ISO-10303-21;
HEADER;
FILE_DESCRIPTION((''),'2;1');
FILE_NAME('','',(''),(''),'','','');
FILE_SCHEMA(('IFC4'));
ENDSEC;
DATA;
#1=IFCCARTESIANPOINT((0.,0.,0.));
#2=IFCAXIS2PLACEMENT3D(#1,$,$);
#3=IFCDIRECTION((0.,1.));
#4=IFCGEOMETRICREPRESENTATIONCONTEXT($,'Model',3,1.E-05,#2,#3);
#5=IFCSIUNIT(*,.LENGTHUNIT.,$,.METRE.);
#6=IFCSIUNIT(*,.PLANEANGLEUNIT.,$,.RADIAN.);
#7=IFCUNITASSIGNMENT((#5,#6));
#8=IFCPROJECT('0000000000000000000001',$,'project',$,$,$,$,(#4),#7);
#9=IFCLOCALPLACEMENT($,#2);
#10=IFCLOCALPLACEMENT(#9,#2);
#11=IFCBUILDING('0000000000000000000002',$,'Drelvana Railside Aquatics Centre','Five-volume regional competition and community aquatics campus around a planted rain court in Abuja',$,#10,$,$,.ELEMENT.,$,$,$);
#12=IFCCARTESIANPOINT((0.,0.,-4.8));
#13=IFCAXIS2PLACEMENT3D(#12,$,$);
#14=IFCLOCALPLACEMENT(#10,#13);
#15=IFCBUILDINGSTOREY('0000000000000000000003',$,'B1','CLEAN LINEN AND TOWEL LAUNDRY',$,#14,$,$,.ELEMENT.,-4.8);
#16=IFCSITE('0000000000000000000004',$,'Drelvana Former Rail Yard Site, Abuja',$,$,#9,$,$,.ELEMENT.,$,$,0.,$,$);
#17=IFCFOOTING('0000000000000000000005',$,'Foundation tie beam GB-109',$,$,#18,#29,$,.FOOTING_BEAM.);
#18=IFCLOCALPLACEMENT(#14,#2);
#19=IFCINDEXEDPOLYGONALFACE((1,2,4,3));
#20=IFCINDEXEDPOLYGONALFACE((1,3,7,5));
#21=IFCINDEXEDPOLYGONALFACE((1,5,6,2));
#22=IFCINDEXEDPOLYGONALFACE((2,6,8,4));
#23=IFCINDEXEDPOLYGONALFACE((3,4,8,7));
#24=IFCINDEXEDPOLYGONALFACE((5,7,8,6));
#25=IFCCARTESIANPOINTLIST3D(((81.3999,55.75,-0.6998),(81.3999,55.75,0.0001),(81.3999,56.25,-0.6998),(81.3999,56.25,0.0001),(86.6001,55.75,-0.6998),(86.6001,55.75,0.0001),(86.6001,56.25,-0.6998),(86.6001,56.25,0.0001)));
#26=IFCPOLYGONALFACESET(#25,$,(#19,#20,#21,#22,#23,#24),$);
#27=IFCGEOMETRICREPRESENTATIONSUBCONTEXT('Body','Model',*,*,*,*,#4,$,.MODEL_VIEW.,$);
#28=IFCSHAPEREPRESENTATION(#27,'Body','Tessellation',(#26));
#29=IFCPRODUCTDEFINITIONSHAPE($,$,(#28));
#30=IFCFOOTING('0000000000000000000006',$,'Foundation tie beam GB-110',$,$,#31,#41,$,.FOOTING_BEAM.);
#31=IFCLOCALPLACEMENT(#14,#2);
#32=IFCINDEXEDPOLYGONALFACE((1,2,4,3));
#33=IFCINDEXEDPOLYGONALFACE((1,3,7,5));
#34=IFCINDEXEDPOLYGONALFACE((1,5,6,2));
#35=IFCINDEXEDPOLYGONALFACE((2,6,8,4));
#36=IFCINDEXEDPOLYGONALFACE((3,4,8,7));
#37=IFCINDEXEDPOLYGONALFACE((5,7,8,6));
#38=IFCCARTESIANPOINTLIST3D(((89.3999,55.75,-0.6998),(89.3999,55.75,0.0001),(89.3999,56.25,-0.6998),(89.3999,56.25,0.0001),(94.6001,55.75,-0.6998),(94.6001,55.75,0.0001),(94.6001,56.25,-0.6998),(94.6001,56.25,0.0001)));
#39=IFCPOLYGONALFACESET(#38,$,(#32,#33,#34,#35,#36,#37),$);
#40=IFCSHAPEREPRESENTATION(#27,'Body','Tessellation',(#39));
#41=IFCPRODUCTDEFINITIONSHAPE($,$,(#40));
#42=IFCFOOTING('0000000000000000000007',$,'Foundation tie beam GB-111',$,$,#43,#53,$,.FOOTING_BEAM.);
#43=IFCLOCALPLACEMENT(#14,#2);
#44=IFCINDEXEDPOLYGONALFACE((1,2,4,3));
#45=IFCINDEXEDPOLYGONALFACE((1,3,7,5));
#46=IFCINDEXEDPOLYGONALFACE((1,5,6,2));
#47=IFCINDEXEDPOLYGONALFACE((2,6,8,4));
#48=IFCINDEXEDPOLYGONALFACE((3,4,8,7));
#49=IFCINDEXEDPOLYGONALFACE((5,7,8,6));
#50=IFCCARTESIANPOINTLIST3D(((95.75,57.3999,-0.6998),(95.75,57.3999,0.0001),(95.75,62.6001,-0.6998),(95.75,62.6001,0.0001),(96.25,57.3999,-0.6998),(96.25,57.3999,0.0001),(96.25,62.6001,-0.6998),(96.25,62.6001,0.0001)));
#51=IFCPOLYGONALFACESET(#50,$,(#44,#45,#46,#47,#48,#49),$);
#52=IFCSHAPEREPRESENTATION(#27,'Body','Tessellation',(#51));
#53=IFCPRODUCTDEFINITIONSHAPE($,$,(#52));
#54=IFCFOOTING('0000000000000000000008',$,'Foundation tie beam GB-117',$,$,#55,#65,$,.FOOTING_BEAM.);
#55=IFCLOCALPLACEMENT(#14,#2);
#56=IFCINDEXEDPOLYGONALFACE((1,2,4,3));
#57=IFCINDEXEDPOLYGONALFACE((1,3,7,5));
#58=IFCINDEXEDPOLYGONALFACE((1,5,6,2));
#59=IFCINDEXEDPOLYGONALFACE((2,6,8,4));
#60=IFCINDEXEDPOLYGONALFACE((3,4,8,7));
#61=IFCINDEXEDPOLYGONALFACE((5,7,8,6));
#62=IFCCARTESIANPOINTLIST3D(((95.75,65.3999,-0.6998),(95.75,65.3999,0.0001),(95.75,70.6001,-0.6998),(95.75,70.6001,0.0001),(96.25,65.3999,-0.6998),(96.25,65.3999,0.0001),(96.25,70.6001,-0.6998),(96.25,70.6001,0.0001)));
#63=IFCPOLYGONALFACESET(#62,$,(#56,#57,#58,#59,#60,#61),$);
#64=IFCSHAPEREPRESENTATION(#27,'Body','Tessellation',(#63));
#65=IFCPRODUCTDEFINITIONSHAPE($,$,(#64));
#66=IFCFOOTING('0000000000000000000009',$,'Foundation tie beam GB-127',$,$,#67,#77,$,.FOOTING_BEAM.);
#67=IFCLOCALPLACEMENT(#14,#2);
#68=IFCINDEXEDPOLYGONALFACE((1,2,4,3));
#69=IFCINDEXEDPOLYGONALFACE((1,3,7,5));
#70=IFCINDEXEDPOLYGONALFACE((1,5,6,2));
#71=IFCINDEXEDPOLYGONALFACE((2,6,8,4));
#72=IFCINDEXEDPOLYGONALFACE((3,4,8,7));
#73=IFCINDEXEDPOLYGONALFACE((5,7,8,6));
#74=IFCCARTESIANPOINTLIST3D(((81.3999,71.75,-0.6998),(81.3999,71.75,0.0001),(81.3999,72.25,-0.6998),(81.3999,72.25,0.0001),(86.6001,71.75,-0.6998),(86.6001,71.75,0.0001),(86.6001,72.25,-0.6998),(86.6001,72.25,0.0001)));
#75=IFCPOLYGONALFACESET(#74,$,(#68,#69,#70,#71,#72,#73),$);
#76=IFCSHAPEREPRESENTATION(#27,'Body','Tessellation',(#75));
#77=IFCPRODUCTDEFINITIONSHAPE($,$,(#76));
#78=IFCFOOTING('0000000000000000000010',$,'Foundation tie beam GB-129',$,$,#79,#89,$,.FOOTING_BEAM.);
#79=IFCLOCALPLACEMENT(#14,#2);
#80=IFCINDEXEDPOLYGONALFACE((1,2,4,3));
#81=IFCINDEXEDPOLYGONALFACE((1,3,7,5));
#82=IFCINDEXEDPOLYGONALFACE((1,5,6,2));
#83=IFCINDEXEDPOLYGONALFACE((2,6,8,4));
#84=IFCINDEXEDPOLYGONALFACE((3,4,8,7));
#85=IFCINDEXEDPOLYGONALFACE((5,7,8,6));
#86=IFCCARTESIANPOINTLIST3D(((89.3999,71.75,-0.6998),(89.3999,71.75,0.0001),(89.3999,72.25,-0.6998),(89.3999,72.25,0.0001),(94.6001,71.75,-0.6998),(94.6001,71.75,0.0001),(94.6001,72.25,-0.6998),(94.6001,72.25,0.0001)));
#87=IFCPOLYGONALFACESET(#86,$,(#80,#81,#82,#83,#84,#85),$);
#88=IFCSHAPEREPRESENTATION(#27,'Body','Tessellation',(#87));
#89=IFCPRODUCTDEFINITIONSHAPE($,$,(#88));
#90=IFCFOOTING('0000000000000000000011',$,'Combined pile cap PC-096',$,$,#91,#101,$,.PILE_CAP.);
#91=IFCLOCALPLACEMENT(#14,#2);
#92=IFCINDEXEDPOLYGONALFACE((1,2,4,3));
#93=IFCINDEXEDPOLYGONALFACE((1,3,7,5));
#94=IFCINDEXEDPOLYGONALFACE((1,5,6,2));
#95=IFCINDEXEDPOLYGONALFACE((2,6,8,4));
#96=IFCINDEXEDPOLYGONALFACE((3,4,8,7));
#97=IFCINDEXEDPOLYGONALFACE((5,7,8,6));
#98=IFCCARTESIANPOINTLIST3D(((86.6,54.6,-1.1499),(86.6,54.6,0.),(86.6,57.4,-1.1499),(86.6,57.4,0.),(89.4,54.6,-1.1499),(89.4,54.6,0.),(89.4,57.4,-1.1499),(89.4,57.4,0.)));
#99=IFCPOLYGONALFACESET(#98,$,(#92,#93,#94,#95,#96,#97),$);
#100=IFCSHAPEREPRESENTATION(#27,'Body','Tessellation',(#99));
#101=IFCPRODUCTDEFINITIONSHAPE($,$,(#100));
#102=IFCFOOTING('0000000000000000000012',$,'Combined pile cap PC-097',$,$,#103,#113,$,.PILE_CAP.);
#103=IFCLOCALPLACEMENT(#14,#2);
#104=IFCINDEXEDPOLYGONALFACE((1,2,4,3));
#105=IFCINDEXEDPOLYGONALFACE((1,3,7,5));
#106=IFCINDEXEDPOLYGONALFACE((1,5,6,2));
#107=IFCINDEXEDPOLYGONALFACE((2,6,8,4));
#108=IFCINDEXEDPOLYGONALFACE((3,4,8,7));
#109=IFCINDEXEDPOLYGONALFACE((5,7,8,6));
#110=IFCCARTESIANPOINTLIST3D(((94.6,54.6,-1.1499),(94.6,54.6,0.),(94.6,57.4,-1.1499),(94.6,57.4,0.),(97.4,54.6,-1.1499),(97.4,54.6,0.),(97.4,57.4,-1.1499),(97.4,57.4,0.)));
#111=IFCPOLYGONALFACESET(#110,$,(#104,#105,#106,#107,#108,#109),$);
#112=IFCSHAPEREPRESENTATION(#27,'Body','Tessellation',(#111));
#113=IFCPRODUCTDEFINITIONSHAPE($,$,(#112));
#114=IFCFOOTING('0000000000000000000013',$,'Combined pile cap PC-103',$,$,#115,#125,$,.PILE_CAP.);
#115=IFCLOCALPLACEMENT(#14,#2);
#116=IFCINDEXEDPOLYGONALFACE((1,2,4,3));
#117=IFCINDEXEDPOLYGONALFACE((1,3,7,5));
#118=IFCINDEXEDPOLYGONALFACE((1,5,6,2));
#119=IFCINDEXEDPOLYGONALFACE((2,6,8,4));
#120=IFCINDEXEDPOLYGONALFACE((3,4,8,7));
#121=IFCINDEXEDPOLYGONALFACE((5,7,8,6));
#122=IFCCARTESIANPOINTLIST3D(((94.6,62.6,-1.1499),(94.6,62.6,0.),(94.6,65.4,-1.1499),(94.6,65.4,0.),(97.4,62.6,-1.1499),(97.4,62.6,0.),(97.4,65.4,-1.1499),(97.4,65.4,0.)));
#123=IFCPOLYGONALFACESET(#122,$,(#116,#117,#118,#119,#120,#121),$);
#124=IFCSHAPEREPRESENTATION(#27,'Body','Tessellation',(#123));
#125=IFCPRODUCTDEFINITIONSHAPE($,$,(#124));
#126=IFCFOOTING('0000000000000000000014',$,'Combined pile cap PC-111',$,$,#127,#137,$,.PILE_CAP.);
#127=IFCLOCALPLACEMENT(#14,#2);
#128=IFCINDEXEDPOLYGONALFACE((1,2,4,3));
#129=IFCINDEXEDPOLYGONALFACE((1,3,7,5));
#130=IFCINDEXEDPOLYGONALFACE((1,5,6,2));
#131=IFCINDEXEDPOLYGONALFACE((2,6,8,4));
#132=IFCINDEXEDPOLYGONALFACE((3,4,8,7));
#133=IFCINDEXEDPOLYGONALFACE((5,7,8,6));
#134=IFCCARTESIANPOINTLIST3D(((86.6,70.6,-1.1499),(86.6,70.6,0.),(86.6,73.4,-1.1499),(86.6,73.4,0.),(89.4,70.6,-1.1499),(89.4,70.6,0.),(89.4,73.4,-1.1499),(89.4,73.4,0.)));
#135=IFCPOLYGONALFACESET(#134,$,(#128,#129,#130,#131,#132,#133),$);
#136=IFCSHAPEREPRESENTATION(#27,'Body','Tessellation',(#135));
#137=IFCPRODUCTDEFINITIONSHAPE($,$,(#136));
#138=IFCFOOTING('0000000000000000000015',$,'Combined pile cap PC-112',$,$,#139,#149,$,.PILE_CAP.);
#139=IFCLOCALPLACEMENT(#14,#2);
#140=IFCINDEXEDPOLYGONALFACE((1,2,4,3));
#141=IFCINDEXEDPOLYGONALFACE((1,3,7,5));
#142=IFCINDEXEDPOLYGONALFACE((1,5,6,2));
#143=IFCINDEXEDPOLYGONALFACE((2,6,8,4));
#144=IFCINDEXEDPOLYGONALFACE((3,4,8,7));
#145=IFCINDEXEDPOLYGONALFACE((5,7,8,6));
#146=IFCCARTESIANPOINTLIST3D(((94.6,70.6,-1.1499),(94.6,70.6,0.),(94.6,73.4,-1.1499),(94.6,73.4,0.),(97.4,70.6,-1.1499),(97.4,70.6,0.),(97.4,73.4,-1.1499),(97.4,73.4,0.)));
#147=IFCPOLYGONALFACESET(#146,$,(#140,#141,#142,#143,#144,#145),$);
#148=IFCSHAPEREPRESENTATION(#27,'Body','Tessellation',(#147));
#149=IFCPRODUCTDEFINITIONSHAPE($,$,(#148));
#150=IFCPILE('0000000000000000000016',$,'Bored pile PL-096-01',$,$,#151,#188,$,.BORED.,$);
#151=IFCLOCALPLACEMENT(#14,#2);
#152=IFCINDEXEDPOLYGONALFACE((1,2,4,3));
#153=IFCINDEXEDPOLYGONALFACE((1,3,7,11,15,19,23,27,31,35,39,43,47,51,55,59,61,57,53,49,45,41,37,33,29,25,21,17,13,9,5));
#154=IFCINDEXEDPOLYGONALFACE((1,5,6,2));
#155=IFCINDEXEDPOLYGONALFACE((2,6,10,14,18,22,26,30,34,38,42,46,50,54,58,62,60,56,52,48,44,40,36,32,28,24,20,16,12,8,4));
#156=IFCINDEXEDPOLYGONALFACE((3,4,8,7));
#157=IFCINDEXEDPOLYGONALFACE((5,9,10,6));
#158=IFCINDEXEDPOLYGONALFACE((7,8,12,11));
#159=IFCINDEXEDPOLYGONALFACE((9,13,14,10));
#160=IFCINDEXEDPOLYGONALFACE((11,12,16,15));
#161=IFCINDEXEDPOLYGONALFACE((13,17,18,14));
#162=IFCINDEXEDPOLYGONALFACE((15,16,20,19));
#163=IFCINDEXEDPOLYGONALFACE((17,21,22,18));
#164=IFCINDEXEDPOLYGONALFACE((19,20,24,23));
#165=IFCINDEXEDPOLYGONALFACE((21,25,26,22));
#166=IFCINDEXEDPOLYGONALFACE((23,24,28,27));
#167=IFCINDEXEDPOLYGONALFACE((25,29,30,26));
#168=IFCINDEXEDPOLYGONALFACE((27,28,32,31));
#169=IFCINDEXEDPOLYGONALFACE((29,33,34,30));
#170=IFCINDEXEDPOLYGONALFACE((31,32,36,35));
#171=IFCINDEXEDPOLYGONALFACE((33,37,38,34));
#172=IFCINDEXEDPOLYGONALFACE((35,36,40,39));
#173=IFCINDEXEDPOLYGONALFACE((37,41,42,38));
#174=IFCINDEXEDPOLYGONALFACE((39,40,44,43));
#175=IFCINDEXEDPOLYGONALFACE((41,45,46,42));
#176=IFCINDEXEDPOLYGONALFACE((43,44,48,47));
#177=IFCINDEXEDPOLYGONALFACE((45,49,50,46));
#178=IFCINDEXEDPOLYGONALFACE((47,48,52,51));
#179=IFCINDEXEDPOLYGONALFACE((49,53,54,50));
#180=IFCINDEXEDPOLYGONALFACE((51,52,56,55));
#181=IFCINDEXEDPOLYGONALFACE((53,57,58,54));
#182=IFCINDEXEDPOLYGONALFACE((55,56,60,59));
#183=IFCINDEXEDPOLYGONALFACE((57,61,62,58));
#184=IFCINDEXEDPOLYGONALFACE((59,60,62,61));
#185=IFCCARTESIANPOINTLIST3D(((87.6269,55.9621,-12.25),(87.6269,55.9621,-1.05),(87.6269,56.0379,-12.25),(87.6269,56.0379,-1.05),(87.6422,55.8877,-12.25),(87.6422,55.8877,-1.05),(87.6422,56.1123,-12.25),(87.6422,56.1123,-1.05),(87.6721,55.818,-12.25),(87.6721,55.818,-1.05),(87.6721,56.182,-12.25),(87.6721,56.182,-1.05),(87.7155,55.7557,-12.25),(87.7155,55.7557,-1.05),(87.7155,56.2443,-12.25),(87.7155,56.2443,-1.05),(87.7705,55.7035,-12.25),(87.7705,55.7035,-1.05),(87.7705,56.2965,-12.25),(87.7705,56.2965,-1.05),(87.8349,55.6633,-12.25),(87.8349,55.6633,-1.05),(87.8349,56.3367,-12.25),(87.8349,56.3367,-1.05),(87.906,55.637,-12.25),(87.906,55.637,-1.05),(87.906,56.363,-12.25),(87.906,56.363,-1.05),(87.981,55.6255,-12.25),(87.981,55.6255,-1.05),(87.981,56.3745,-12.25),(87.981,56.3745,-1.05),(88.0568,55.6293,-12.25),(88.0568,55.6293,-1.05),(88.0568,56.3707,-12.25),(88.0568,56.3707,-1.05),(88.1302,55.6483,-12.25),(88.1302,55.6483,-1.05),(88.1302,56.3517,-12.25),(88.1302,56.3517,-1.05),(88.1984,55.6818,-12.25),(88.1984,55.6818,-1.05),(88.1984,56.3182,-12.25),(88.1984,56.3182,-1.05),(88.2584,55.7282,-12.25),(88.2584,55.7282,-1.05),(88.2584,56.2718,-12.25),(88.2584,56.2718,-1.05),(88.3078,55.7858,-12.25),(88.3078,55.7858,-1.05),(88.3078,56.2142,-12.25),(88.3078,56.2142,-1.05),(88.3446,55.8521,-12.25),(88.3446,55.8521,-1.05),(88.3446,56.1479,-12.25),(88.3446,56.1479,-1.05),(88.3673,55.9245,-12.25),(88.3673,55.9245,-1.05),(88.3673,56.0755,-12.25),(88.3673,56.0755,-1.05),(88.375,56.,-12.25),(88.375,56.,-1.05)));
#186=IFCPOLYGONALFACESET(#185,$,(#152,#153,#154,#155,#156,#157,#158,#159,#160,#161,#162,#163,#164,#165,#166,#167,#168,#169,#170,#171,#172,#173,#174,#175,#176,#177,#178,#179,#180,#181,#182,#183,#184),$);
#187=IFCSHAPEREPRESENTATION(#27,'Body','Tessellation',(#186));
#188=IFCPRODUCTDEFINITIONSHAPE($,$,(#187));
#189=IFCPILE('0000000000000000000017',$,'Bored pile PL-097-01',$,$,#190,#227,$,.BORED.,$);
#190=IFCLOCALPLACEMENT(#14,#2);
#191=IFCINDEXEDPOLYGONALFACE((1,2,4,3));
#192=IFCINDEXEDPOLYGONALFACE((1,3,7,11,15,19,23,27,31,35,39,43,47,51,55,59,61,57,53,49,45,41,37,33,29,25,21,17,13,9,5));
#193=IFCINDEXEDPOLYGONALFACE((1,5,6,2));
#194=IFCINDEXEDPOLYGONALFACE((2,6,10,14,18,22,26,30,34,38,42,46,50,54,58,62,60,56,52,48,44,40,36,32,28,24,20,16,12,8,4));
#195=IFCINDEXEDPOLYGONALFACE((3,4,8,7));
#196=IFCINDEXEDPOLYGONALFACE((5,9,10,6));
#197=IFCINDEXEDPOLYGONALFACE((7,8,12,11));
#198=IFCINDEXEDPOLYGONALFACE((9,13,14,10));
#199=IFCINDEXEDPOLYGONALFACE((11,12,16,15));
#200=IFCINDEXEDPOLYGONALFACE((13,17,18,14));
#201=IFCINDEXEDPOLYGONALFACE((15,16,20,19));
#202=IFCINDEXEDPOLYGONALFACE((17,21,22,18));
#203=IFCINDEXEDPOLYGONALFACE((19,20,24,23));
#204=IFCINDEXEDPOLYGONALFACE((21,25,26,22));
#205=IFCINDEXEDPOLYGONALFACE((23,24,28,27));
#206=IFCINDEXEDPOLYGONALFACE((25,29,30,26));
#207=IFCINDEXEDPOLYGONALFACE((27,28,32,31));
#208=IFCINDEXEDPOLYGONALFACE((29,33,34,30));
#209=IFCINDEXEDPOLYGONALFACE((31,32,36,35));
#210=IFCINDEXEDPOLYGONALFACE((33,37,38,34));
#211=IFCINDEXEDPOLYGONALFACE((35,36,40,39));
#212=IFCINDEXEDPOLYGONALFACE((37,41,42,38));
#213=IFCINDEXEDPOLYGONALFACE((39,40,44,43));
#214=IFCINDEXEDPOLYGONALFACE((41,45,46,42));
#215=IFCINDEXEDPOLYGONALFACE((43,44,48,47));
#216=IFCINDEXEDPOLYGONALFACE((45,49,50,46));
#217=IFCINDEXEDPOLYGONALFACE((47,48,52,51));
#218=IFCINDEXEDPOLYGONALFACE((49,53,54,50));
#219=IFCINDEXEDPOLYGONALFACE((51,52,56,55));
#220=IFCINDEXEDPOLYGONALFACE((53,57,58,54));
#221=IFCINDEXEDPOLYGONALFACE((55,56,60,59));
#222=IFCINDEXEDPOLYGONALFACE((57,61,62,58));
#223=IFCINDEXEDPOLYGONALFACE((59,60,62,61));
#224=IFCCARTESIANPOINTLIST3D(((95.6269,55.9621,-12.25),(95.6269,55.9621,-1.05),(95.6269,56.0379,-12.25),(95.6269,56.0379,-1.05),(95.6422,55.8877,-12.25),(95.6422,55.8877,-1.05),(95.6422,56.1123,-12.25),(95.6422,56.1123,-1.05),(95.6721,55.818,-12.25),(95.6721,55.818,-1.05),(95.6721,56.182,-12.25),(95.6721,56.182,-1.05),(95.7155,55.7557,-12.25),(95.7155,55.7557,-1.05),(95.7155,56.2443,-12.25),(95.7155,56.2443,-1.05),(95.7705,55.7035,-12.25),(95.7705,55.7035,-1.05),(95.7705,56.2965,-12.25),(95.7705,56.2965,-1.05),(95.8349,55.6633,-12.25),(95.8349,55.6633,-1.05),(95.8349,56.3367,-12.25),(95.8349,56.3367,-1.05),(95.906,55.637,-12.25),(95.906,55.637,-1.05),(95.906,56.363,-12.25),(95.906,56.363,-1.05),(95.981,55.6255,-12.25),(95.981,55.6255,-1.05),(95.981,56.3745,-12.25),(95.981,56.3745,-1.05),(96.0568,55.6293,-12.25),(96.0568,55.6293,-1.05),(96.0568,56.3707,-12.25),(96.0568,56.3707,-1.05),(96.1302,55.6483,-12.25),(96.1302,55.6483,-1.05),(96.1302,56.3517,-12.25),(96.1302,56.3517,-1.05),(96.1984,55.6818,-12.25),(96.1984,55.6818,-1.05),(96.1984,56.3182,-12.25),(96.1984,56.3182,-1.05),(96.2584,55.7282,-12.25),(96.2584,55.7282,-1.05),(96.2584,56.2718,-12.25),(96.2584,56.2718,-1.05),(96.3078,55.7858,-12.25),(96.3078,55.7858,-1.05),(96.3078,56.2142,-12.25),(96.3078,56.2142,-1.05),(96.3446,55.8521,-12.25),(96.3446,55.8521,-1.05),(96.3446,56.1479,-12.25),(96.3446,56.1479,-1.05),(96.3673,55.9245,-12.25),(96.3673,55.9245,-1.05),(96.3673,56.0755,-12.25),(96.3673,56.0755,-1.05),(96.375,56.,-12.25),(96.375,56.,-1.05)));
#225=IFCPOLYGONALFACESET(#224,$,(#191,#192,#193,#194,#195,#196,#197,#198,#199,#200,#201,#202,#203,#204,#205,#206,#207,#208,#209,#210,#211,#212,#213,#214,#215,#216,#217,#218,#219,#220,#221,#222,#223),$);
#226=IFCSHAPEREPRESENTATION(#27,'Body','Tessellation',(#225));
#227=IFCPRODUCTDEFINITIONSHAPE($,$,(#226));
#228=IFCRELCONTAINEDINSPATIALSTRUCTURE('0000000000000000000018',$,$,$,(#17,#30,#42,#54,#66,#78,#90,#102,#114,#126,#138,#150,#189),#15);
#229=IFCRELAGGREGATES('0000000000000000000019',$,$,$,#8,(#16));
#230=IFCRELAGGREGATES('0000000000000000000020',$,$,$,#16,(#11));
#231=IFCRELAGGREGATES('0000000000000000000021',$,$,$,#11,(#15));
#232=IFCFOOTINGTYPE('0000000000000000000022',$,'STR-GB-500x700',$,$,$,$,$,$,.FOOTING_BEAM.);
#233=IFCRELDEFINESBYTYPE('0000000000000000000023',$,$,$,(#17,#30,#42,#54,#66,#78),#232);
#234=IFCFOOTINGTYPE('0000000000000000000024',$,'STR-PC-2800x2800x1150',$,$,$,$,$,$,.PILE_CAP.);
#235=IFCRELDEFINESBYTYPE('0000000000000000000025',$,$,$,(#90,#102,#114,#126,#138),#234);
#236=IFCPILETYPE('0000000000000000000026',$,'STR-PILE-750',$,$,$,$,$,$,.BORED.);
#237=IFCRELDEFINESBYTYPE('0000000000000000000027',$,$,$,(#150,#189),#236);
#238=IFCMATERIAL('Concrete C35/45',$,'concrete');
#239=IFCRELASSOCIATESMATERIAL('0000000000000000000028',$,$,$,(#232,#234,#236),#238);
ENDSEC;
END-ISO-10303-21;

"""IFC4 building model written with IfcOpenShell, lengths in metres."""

from ifc_helpers import new_model, si_unit, direction, frame, origin, origin_2d, place, context, subcontext, project, spatial, rectangle, circle, extrude, material, material_profile, profile_set, type_object, element, save


model = new_model("IFC4")

# Units and contexts
model_context = context("Model", 3, precision=1e-05, world=origin(), true_north=direction((0.0, 1.0)))
body_context = subcontext(model_context, "Body", "Model", "MODEL_VIEW")
ifc_project = project(units=[si_unit("LENGTHUNIT", "METRE"), si_unit("PLANEANGLEUNIT", "RADIAN")], contexts=[model_context])

# Site, building, storey
site_placement = place(None, origin())
site = spatial("IfcSite", under=ifc_project, at=site_placement, Name="Drelvana Former Rail Yard Site, Abuja", CompositionType="ELEMENT", RefElevation=0.0)
building_placement = place(site_placement, origin())
building = spatial("IfcBuilding", under=site, at=building_placement, Name="Drelvana Railside Aquatics Centre", Description="Five-volume regional competition and community aquatics campus around a planted rain court in Abuja", CompositionType="ELEMENT")
storey_placement = place(building_placement, frame((0.0, 0.0, -4.8)))
storey = spatial("IfcBuildingStorey", under=building, at=storey_placement, Name="B1", Description="CLEAN LINEN AND TOWEL LAUNDRY", CompositionType="ELEMENT", Elevation=-4.8)

# Footings
ifc_material_1 = material(Name="Concrete C35/45", Category="concrete")
ifc_material_profile_1 = material_profile(ifc_material_1, rectangle(XDim=0.5, YDim=0.7, at=origin_2d()), Name="GB 500x700")
ifc_profile_set_1 = profile_set([ifc_material_profile_1], Name="Concrete C35/45")
footing_type_1 = type_object("IfcFootingType", Name="STR-GB-500x700", PredefinedType="FOOTING_BEAM", material=ifc_profile_set_1)
for number, where, z_axis, x_axis, name in (
    (1, (81.3999, 56.0, -0.3499), (1.0, 0.0, 0.0), (0.0, 1.0, 0.0), "Foundation tie beam GB-109"),
    (2, (89.3999, 56.0, -0.3499), (1.0, 0.0, 0.0), (0.0, 1.0, 0.0), "Foundation tie beam GB-110"),
    (3, (96.0, 57.3999, -0.3499), (0.0, 1.0, 0.0), (-1.0, 0.0, 0.0), "Foundation tie beam GB-111"),
    (4, (96.0, 65.3999, -0.3499), (0.0, 1.0, 0.0), (-1.0, 0.0, 0.0), "Foundation tie beam GB-117"),
    (5, (81.3999, 72.0, -0.3499), (1.0, 0.0, 0.0), (0.0, 1.0, 0.0), "Foundation tie beam GB-127"),
    (6, (89.3999, 72.0, -0.3499), (1.0, 0.0, 0.0), (0.0, 1.0, 0.0), "Foundation tie beam GB-129"),
):
    element("IfcFooting", number, at=place(storey_placement, frame(where, z_axis=z_axis, x_axis=x_axis)), inside=storey, type_object=footing_type_1, Name=name, PredefinedType="FOOTING_BEAM", context=body_context, shape_type="SweptSolid", body=[
        extrude(rectangle(XDim=0.5, YDim=0.7, at=origin_2d()), origin(), (0.0, 0.0, 1.0), 5.2002),
    ])
footing_type_2 = type_object("IfcFootingType", Name="STR-PC-2800x2800x1150", PredefinedType="PILE_CAP", material=ifc_material_1)
for number, where, z_axis, x_axis, name in (
    (7, (88.0, 56.0, -1.1499), (0.0, 0.0, 1.0), (1.0, 0.0, 0.0), "Combined pile cap PC-096"),
    (8, (96.0, 56.0, -1.1499), (0.0, 0.0, 1.0), (1.0, 0.0, 0.0), "Combined pile cap PC-097"),
    (9, (96.0, 64.0, -1.1499), (0.0, 0.0, 1.0), (1.0, 0.0, 0.0), "Combined pile cap PC-103"),
    (10, (88.0, 72.0, -1.1499), (0.0, 0.0, 1.0), (1.0, 0.0, 0.0), "Combined pile cap PC-111"),
    (11, (96.0, 72.0, -1.1499), (0.0, 0.0, 1.0), (1.0, 0.0, 0.0), "Combined pile cap PC-112"),
):
    element("IfcFooting", number, at=place(storey_placement, frame(where, z_axis=z_axis, x_axis=x_axis)), inside=storey, type_object=footing_type_2, Name=name, PredefinedType="PILE_CAP", context=body_context, shape_type="SweptSolid", body=[
        extrude(rectangle(XDim=2.8, YDim=2.8, at=origin_2d()), origin(), (0.0, 0.0, 1.0), 1.1499),
    ])

# Piles
ifc_material_profile_2 = material_profile(ifc_material_1, circle(Radius=0.375, at=origin_2d()), Name="PILE D750")
ifc_profile_set_2 = profile_set([ifc_material_profile_2], Name="Concrete C35/45")
pile_type = type_object("IfcPileType", Name="STR-PILE-750", PredefinedType="BORED", material=ifc_profile_set_2)
for number, where, z_axis, x_axis, name in (
    (12, (88.0, 56.0, -1.05), (0.0, 0.0, -1.0), (1.0, 0.0, 0.0), "Bored pile PL-096-01"),
    (13, (96.0, 56.0, -1.05), (0.0, 0.0, -1.0), (1.0, 0.0, 0.0), "Bored pile PL-097-01"),
):
    element("IfcPile", number, at=place(storey_placement, frame(where, z_axis=z_axis, x_axis=x_axis)), inside=storey, type_object=pile_type, Name=name, PredefinedType="BORED", context=body_context, shape_type="SweptSolid", body=[
        extrude(circle(Radius=0.375, at=origin_2d()), origin(), (0.0, 0.0, 1.0), 11.2),
    ])

save(model, "model.ifc")
